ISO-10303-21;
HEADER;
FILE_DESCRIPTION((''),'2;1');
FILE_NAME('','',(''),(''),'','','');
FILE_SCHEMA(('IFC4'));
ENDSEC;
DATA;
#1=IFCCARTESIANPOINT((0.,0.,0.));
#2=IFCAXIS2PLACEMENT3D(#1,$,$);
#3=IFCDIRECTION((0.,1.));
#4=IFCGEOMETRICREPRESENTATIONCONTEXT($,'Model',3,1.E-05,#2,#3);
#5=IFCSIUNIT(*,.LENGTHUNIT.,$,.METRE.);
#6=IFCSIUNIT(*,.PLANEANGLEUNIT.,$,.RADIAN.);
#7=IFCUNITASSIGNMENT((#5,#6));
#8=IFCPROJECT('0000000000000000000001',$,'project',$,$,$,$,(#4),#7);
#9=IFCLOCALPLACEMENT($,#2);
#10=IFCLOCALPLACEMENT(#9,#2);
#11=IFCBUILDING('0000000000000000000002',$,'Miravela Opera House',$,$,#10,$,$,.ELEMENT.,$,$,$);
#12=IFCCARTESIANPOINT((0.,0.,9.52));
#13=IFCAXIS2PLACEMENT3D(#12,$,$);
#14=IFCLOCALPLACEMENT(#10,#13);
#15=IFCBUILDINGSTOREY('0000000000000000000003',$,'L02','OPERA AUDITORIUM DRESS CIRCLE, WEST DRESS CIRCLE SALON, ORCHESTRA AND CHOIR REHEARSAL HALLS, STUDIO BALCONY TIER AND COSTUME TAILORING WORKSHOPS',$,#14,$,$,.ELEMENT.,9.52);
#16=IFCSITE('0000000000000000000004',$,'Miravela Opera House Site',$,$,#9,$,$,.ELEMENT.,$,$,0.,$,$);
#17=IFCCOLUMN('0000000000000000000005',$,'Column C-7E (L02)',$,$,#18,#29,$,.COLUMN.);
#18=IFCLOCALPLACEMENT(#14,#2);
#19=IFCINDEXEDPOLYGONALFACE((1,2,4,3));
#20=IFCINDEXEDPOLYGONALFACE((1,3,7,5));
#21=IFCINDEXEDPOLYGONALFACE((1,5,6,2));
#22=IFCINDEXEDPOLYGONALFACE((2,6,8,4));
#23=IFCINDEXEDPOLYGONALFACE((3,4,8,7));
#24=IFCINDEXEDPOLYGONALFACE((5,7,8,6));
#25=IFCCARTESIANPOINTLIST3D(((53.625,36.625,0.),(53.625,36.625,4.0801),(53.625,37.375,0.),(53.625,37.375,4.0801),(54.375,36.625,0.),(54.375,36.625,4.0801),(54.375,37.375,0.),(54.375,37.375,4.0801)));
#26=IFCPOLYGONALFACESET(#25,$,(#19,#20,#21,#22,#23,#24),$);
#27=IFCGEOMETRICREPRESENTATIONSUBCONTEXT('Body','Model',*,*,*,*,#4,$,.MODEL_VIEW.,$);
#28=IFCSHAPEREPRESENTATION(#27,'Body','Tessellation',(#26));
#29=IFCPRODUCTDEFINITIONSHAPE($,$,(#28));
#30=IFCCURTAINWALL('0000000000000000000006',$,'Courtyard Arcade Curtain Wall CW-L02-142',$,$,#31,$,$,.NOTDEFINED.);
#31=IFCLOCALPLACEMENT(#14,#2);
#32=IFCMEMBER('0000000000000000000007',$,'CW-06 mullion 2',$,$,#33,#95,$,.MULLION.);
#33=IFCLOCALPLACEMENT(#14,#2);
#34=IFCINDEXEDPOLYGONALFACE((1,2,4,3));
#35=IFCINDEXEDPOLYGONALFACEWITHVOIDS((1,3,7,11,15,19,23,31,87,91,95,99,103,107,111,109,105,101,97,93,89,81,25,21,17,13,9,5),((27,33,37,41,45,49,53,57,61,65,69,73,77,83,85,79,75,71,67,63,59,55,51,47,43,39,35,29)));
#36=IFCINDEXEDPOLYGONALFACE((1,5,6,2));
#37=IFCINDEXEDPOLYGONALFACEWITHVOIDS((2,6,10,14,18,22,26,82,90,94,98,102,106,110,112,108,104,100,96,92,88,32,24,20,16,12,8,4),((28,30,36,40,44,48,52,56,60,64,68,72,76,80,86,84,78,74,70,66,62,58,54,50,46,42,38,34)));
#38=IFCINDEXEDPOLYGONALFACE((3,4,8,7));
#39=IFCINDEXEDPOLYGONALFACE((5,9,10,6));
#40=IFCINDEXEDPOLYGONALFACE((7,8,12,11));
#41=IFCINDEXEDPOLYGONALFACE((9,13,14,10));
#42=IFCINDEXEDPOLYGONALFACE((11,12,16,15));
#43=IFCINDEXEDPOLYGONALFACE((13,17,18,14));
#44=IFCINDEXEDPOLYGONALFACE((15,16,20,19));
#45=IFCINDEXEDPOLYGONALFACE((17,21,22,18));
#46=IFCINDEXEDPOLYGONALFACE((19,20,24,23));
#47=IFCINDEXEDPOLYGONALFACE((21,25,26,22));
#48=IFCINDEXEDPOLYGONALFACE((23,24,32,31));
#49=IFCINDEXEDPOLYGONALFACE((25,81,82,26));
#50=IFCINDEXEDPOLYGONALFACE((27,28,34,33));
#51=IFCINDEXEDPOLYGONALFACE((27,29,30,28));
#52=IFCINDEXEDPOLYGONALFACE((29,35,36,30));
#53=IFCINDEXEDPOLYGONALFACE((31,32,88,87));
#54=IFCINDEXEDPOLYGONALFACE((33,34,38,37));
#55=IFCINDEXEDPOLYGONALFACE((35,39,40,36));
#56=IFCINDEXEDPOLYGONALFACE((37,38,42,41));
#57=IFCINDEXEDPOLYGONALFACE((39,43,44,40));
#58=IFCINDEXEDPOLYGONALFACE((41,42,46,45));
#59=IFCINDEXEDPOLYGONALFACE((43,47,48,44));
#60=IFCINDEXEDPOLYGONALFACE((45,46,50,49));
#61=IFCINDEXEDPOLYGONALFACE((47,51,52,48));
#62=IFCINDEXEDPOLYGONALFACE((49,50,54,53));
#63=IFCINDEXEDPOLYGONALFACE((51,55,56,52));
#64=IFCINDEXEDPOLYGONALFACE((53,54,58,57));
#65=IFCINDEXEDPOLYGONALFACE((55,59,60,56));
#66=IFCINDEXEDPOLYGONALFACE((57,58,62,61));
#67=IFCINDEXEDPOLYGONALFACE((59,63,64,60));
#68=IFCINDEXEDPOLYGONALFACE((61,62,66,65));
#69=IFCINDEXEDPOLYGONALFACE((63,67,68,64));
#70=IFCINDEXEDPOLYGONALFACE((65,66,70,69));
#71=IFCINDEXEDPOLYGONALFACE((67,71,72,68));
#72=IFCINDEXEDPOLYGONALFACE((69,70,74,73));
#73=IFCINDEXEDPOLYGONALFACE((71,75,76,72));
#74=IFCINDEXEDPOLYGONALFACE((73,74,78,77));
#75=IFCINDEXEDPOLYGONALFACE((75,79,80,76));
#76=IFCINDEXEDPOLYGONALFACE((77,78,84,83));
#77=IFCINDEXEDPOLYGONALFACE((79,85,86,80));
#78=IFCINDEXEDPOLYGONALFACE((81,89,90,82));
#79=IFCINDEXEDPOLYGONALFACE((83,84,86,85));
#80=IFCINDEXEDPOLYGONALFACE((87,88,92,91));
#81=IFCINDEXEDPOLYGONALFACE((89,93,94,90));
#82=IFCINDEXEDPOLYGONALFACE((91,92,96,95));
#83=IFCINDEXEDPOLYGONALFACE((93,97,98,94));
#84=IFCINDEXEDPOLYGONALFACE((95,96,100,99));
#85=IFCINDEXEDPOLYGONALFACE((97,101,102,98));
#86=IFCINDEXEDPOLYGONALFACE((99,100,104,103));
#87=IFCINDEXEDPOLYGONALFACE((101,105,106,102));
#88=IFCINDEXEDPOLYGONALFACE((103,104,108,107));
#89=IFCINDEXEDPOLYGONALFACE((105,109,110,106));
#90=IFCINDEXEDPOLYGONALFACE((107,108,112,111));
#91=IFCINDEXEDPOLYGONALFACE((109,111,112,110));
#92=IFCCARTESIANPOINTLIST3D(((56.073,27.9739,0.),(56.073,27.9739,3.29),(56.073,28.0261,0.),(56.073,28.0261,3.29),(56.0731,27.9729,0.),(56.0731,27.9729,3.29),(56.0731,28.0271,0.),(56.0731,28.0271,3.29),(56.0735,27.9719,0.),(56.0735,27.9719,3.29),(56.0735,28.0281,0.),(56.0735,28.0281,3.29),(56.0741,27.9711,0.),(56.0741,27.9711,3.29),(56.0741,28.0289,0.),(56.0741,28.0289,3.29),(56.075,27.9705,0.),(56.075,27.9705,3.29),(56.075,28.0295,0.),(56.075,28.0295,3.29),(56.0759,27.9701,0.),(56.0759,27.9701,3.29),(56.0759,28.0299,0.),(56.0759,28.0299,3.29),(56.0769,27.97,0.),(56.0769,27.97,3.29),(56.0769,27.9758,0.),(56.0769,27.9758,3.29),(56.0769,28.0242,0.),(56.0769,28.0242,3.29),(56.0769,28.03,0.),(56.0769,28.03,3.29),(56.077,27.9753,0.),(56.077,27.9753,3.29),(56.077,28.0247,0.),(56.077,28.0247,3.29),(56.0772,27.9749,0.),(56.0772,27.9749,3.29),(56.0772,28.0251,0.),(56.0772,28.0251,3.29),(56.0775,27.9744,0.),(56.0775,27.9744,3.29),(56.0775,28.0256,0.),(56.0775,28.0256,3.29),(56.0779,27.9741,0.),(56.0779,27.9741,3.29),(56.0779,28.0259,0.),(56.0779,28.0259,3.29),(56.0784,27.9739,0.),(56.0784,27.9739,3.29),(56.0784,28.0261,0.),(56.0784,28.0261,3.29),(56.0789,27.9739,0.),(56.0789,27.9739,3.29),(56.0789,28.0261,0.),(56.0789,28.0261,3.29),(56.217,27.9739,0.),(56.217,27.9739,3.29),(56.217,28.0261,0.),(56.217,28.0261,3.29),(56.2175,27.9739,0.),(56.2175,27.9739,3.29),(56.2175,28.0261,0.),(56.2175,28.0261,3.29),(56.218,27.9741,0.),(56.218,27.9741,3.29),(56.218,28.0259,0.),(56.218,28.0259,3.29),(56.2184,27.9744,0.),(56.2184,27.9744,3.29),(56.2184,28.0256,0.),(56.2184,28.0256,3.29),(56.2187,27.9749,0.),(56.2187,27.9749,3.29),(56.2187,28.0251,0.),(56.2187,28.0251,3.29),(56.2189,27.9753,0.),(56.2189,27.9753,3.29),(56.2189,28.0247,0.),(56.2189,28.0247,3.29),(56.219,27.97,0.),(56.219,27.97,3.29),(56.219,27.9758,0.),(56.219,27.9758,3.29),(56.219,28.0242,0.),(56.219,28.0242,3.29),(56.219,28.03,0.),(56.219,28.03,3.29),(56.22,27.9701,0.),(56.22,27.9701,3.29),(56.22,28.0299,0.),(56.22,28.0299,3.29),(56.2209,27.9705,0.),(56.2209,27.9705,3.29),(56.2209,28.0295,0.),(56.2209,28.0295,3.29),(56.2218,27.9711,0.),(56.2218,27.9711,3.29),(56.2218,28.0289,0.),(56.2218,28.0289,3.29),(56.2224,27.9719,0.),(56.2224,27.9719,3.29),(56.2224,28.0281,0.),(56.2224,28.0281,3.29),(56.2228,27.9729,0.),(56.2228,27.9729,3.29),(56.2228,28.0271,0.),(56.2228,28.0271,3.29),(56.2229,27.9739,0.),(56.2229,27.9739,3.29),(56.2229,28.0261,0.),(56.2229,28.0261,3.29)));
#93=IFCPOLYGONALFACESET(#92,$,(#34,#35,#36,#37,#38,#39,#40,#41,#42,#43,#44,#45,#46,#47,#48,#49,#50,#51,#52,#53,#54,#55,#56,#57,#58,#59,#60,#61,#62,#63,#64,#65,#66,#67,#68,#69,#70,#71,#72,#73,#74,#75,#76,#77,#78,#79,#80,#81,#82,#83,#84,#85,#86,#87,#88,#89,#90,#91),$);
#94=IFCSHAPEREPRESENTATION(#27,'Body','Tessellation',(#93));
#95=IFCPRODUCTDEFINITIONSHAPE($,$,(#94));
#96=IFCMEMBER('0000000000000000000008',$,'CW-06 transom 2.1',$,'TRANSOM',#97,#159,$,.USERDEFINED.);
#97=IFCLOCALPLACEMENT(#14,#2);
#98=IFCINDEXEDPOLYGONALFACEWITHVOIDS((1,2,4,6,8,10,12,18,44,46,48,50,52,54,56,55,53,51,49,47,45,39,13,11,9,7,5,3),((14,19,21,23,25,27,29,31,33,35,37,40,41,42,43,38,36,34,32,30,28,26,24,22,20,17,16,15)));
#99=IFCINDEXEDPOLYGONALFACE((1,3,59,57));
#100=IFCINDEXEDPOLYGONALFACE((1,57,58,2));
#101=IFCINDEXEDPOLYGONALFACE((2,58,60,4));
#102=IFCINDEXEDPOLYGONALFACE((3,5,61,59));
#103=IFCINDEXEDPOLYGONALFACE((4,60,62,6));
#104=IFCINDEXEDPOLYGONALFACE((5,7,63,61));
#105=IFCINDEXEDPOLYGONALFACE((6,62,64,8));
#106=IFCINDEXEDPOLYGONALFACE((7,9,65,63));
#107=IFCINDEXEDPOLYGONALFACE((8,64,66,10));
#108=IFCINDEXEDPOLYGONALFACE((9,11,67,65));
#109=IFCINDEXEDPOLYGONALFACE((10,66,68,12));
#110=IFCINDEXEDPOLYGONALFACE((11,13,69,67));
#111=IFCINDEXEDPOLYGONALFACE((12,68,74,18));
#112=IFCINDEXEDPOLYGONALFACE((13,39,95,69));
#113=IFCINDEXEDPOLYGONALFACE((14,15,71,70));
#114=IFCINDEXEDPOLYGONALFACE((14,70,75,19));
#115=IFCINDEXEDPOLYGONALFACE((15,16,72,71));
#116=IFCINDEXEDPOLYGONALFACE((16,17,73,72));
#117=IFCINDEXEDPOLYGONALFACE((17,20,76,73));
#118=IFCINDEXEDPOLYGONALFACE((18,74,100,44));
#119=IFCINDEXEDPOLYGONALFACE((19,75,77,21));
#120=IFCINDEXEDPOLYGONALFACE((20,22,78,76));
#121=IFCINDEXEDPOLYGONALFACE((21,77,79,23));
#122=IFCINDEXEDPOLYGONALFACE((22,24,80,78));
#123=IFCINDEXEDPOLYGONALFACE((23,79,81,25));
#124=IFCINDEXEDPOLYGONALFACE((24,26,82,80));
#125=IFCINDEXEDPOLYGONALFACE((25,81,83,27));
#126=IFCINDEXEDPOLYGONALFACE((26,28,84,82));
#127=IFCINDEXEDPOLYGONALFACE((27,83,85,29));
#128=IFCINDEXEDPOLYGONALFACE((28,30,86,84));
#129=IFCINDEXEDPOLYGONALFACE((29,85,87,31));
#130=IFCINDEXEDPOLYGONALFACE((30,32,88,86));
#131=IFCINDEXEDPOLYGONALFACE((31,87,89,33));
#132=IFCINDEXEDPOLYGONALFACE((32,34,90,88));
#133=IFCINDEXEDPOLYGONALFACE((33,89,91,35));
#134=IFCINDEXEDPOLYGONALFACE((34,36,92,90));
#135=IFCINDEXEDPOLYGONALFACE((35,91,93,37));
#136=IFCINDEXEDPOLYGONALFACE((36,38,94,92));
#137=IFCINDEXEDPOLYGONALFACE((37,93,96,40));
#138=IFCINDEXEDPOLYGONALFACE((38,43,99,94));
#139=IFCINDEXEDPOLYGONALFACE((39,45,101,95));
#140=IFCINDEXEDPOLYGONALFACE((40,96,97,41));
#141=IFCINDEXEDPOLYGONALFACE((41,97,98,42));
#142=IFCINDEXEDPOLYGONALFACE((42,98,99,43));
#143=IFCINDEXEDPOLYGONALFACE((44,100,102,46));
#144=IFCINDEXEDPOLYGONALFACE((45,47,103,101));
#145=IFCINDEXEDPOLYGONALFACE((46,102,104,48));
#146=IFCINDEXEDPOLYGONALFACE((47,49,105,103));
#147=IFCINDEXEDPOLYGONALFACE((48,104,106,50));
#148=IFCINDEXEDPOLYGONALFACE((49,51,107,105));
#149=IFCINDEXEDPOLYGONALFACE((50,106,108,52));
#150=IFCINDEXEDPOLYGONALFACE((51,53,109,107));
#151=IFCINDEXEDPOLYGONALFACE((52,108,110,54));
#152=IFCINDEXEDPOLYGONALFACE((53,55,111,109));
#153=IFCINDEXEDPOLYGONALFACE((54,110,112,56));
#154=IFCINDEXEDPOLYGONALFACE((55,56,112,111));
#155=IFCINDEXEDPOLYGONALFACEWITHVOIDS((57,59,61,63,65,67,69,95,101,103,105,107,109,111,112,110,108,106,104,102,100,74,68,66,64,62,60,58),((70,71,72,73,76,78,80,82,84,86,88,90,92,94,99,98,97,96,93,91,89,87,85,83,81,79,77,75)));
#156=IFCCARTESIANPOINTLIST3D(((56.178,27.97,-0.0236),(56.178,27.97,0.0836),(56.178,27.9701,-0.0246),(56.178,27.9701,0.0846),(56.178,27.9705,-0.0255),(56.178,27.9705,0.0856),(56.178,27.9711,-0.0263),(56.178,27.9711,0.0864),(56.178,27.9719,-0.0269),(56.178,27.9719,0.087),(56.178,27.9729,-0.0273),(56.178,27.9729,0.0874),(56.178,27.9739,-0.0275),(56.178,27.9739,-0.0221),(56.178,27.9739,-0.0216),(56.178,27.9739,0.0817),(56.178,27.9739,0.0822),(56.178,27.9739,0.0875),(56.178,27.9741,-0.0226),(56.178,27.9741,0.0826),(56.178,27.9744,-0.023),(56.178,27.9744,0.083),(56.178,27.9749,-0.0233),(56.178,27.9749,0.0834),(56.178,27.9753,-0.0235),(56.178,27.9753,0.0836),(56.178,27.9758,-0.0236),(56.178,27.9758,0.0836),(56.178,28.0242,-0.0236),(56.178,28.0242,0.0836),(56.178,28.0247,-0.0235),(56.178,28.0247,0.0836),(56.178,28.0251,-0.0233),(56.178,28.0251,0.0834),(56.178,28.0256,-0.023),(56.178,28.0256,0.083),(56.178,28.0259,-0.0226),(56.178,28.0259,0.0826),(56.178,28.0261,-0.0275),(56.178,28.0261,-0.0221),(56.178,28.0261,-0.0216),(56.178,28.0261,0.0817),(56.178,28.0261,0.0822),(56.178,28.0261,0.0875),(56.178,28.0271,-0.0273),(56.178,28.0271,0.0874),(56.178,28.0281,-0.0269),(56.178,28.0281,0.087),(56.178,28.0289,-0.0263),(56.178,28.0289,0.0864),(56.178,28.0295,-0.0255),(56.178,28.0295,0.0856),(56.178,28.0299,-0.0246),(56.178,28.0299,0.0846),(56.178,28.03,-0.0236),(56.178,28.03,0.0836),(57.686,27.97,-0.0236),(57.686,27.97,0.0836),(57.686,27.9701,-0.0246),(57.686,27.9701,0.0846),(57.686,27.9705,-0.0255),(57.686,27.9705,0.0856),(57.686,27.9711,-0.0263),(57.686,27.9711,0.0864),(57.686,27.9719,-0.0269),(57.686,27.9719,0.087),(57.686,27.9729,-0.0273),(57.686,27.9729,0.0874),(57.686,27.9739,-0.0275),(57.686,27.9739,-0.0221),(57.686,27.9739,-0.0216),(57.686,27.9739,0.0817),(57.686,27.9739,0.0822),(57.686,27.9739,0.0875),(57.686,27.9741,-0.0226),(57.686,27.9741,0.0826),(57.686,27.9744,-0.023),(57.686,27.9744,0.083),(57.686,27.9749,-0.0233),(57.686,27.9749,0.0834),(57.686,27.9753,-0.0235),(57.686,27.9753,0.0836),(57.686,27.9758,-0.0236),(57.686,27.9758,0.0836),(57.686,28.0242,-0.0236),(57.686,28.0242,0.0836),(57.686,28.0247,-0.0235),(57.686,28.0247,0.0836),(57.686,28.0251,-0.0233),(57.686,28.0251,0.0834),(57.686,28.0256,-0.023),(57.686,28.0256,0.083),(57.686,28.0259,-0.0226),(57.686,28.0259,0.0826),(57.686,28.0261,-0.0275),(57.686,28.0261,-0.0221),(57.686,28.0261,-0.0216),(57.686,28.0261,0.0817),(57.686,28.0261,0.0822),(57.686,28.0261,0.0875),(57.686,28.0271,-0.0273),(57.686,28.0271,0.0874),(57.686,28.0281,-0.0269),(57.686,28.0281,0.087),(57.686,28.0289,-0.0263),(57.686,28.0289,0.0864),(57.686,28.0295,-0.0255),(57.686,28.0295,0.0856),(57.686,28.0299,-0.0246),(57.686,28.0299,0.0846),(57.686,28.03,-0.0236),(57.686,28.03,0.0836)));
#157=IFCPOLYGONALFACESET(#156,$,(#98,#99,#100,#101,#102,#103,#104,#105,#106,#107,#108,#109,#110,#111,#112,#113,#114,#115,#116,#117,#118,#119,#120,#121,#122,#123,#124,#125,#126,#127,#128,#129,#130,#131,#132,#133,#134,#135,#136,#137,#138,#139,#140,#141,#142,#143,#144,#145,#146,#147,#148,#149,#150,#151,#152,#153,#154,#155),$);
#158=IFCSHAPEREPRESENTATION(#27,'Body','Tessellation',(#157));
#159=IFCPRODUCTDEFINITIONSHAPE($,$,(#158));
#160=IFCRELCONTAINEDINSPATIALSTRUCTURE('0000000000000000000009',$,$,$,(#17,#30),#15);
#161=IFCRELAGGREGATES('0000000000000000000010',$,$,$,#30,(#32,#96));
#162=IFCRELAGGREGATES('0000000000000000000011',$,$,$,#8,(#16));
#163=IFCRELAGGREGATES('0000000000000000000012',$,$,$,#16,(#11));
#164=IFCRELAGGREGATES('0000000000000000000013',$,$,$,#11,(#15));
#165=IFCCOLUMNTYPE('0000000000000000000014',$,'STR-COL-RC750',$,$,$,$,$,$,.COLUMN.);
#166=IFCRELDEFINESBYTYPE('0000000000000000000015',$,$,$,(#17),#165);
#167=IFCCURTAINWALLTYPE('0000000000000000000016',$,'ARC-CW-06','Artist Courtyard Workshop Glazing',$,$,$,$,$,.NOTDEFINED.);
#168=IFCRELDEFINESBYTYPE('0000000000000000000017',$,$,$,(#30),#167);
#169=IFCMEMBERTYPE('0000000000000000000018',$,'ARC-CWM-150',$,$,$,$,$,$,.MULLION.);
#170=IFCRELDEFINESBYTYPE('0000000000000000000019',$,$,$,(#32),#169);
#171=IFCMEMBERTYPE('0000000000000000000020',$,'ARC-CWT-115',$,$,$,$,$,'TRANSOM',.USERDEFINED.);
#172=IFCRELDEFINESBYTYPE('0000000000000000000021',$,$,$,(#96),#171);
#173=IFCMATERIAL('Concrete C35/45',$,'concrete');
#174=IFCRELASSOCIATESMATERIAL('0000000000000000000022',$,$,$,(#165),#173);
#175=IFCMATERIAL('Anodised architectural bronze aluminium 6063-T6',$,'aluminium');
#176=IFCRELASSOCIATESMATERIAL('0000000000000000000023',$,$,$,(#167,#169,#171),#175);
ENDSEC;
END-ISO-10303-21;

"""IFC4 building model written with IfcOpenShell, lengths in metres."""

from ifc_helpers import new_model, si_unit, direction, frame, origin, origin_2d, place, context, subcontext, project, spatial, rectangle, hollow_rectangle, extrude, material, material_profile, profile_set, type_object, element, aggregate, save


model = new_model("IFC4")

# Units and contexts
model_context = context("Model", 3, precision=1e-05, world=origin(), true_north=direction((0.0, 1.0)))
body_context = subcontext(model_context, "Body", "Model", "MODEL_VIEW")
ifc_project = project(units=[si_unit("LENGTHUNIT", "METRE"), si_unit("PLANEANGLEUNIT", "RADIAN")], contexts=[model_context])

# Site, building, storey
site_placement = place(None, origin())
site = spatial("IfcSite", under=ifc_project, at=site_placement, Name="Miravela Opera House Site", CompositionType="ELEMENT", RefElevation=0.0)
building_placement = place(site_placement, origin())
building = spatial("IfcBuilding", under=site, at=building_placement, Name="Miravela Opera House", CompositionType="ELEMENT")
storey_placement = place(building_placement, frame((0.0, 0.0, 9.52)))
storey = spatial("IfcBuildingStorey", under=building, at=storey_placement, Name="L02", Description="OPERA AUDITORIUM DRESS CIRCLE, WEST DRESS CIRCLE SALON, ORCHESTRA AND CHOIR REHEARSAL HALLS, STUDIO BALCONY TIER AND COSTUME TAILORING WORKSHOPS", CompositionType="ELEMENT", Elevation=9.52)

# Column
ifc_material_1 = material(Name="Concrete C35/45", Category="concrete")
ifc_material_profile_1 = material_profile(ifc_material_1, rectangle(XDim=0.75, YDim=0.75, at=origin_2d()), Name="RC-COL-750X750")
ifc_profile_set_1 = profile_set([ifc_material_profile_1])
column_type_1 = type_object("IfcColumnType", Name="STR-COL-RC750", PredefinedType="COLUMN", material=ifc_profile_set_1)
column_placement = place(storey_placement, frame((54.0, 37.0, 0.0), z_axis=(0.0, 0.0, 1.0), x_axis=(1.0, 0.0, 0.0)))
element("IfcColumn", 1, at=column_placement, inside=storey, type_object=column_type_1, Name="Column C-7E (L02)", PredefinedType="COLUMN", context=body_context, shape_type="SweptSolid", body=[
    extrude(rectangle(XDim=0.75, YDim=0.75, at=origin_2d()), origin(), (0.0, 0.0, 1.0), 4.0801),
])

# Curtain wall, members
ifc_material_2 = material(Name="Anodised architectural bronze aluminium 6063-T6", Category="aluminium")
curtain_wall_type = type_object("IfcCurtainWallType", Name="ARC-CW-06", Description="Artist Courtyard Workshop Glazing", PredefinedType="NOTDEFINED", material=ifc_material_2)
curtain_wall_placement = place(storey_placement, origin())
curtain_wall = element("IfcCurtainWall", 2, at=curtain_wall_placement, inside=storey, type_object=curtain_wall_type, Name="Courtyard Arcade Curtain Wall CW-L02-142", PredefinedType="NOTDEFINED")
ifc_material_profile_2 = material_profile(ifc_material_2, hollow_rectangle(XDim=0.0601, YDim=0.1499, WallThickness=0.0039, InnerFilletRadius=0.002, OuterFilletRadius=0.0039, at=origin_2d()), Name="CWM-60X150")
ifc_profile_set_2 = profile_set([ifc_material_profile_2])
member_type_1 = type_object("IfcMemberType", Name="ARC-CWM-150", PredefinedType="MULLION", material=ifc_profile_set_2)
member_1_placement = place(storey_placement, frame((56.1479, 28.0, 0.0), z_axis=(0.0, 0.0, 1.0), x_axis=(0.0, 1.0, 0.0)))
member_1 = element("IfcMember", 3, at=member_1_placement, type_object=member_type_1, Name="CW-06 mullion 2", PredefinedType="MULLION", context=body_context, shape_type="SweptSolid", body=[
    extrude(hollow_rectangle(XDim=0.0601, YDim=0.1499, WallThickness=0.0039, InnerFilletRadius=0.002, OuterFilletRadius=0.0039, at=origin_2d()), origin(), (0.0, 0.0, 1.0), 3.29),
])
ifc_material_profile_3 = material_profile(ifc_material_2, hollow_rectangle(XDim=0.0601, YDim=0.115, WallThickness=0.0039, InnerFilletRadius=0.002, OuterFilletRadius=0.0039, at=origin_2d()), Name="CWT-60X115")
ifc_profile_set_3 = profile_set([ifc_material_profile_3])
member_type_2 = type_object("IfcMemberType", Name="ARC-CWT-115", ElementType="TRANSOM", PredefinedType="USERDEFINED", material=ifc_profile_set_3)
member_2_placement = place(storey_placement, frame((56.178, 28.0, 0.03), z_axis=(1.0, 0.0, 0.0), x_axis=(0.0, 1.0, 0.0)))
member_2 = element("IfcMember", 4, at=member_2_placement, type_object=member_type_2, Name="CW-06 transom 2.1", ObjectType="TRANSOM", PredefinedType="USERDEFINED", context=body_context, shape_type="SweptSolid", body=[
    extrude(hollow_rectangle(XDim=0.0601, YDim=0.115, WallThickness=0.0039, InnerFilletRadius=0.002, OuterFilletRadius=0.0039, at=origin_2d()), origin(), (0.0, 0.0, 1.0), 1.5081),
])

aggregate(curtain_wall, [member_1, member_2])

save(model, "model.ifc")
